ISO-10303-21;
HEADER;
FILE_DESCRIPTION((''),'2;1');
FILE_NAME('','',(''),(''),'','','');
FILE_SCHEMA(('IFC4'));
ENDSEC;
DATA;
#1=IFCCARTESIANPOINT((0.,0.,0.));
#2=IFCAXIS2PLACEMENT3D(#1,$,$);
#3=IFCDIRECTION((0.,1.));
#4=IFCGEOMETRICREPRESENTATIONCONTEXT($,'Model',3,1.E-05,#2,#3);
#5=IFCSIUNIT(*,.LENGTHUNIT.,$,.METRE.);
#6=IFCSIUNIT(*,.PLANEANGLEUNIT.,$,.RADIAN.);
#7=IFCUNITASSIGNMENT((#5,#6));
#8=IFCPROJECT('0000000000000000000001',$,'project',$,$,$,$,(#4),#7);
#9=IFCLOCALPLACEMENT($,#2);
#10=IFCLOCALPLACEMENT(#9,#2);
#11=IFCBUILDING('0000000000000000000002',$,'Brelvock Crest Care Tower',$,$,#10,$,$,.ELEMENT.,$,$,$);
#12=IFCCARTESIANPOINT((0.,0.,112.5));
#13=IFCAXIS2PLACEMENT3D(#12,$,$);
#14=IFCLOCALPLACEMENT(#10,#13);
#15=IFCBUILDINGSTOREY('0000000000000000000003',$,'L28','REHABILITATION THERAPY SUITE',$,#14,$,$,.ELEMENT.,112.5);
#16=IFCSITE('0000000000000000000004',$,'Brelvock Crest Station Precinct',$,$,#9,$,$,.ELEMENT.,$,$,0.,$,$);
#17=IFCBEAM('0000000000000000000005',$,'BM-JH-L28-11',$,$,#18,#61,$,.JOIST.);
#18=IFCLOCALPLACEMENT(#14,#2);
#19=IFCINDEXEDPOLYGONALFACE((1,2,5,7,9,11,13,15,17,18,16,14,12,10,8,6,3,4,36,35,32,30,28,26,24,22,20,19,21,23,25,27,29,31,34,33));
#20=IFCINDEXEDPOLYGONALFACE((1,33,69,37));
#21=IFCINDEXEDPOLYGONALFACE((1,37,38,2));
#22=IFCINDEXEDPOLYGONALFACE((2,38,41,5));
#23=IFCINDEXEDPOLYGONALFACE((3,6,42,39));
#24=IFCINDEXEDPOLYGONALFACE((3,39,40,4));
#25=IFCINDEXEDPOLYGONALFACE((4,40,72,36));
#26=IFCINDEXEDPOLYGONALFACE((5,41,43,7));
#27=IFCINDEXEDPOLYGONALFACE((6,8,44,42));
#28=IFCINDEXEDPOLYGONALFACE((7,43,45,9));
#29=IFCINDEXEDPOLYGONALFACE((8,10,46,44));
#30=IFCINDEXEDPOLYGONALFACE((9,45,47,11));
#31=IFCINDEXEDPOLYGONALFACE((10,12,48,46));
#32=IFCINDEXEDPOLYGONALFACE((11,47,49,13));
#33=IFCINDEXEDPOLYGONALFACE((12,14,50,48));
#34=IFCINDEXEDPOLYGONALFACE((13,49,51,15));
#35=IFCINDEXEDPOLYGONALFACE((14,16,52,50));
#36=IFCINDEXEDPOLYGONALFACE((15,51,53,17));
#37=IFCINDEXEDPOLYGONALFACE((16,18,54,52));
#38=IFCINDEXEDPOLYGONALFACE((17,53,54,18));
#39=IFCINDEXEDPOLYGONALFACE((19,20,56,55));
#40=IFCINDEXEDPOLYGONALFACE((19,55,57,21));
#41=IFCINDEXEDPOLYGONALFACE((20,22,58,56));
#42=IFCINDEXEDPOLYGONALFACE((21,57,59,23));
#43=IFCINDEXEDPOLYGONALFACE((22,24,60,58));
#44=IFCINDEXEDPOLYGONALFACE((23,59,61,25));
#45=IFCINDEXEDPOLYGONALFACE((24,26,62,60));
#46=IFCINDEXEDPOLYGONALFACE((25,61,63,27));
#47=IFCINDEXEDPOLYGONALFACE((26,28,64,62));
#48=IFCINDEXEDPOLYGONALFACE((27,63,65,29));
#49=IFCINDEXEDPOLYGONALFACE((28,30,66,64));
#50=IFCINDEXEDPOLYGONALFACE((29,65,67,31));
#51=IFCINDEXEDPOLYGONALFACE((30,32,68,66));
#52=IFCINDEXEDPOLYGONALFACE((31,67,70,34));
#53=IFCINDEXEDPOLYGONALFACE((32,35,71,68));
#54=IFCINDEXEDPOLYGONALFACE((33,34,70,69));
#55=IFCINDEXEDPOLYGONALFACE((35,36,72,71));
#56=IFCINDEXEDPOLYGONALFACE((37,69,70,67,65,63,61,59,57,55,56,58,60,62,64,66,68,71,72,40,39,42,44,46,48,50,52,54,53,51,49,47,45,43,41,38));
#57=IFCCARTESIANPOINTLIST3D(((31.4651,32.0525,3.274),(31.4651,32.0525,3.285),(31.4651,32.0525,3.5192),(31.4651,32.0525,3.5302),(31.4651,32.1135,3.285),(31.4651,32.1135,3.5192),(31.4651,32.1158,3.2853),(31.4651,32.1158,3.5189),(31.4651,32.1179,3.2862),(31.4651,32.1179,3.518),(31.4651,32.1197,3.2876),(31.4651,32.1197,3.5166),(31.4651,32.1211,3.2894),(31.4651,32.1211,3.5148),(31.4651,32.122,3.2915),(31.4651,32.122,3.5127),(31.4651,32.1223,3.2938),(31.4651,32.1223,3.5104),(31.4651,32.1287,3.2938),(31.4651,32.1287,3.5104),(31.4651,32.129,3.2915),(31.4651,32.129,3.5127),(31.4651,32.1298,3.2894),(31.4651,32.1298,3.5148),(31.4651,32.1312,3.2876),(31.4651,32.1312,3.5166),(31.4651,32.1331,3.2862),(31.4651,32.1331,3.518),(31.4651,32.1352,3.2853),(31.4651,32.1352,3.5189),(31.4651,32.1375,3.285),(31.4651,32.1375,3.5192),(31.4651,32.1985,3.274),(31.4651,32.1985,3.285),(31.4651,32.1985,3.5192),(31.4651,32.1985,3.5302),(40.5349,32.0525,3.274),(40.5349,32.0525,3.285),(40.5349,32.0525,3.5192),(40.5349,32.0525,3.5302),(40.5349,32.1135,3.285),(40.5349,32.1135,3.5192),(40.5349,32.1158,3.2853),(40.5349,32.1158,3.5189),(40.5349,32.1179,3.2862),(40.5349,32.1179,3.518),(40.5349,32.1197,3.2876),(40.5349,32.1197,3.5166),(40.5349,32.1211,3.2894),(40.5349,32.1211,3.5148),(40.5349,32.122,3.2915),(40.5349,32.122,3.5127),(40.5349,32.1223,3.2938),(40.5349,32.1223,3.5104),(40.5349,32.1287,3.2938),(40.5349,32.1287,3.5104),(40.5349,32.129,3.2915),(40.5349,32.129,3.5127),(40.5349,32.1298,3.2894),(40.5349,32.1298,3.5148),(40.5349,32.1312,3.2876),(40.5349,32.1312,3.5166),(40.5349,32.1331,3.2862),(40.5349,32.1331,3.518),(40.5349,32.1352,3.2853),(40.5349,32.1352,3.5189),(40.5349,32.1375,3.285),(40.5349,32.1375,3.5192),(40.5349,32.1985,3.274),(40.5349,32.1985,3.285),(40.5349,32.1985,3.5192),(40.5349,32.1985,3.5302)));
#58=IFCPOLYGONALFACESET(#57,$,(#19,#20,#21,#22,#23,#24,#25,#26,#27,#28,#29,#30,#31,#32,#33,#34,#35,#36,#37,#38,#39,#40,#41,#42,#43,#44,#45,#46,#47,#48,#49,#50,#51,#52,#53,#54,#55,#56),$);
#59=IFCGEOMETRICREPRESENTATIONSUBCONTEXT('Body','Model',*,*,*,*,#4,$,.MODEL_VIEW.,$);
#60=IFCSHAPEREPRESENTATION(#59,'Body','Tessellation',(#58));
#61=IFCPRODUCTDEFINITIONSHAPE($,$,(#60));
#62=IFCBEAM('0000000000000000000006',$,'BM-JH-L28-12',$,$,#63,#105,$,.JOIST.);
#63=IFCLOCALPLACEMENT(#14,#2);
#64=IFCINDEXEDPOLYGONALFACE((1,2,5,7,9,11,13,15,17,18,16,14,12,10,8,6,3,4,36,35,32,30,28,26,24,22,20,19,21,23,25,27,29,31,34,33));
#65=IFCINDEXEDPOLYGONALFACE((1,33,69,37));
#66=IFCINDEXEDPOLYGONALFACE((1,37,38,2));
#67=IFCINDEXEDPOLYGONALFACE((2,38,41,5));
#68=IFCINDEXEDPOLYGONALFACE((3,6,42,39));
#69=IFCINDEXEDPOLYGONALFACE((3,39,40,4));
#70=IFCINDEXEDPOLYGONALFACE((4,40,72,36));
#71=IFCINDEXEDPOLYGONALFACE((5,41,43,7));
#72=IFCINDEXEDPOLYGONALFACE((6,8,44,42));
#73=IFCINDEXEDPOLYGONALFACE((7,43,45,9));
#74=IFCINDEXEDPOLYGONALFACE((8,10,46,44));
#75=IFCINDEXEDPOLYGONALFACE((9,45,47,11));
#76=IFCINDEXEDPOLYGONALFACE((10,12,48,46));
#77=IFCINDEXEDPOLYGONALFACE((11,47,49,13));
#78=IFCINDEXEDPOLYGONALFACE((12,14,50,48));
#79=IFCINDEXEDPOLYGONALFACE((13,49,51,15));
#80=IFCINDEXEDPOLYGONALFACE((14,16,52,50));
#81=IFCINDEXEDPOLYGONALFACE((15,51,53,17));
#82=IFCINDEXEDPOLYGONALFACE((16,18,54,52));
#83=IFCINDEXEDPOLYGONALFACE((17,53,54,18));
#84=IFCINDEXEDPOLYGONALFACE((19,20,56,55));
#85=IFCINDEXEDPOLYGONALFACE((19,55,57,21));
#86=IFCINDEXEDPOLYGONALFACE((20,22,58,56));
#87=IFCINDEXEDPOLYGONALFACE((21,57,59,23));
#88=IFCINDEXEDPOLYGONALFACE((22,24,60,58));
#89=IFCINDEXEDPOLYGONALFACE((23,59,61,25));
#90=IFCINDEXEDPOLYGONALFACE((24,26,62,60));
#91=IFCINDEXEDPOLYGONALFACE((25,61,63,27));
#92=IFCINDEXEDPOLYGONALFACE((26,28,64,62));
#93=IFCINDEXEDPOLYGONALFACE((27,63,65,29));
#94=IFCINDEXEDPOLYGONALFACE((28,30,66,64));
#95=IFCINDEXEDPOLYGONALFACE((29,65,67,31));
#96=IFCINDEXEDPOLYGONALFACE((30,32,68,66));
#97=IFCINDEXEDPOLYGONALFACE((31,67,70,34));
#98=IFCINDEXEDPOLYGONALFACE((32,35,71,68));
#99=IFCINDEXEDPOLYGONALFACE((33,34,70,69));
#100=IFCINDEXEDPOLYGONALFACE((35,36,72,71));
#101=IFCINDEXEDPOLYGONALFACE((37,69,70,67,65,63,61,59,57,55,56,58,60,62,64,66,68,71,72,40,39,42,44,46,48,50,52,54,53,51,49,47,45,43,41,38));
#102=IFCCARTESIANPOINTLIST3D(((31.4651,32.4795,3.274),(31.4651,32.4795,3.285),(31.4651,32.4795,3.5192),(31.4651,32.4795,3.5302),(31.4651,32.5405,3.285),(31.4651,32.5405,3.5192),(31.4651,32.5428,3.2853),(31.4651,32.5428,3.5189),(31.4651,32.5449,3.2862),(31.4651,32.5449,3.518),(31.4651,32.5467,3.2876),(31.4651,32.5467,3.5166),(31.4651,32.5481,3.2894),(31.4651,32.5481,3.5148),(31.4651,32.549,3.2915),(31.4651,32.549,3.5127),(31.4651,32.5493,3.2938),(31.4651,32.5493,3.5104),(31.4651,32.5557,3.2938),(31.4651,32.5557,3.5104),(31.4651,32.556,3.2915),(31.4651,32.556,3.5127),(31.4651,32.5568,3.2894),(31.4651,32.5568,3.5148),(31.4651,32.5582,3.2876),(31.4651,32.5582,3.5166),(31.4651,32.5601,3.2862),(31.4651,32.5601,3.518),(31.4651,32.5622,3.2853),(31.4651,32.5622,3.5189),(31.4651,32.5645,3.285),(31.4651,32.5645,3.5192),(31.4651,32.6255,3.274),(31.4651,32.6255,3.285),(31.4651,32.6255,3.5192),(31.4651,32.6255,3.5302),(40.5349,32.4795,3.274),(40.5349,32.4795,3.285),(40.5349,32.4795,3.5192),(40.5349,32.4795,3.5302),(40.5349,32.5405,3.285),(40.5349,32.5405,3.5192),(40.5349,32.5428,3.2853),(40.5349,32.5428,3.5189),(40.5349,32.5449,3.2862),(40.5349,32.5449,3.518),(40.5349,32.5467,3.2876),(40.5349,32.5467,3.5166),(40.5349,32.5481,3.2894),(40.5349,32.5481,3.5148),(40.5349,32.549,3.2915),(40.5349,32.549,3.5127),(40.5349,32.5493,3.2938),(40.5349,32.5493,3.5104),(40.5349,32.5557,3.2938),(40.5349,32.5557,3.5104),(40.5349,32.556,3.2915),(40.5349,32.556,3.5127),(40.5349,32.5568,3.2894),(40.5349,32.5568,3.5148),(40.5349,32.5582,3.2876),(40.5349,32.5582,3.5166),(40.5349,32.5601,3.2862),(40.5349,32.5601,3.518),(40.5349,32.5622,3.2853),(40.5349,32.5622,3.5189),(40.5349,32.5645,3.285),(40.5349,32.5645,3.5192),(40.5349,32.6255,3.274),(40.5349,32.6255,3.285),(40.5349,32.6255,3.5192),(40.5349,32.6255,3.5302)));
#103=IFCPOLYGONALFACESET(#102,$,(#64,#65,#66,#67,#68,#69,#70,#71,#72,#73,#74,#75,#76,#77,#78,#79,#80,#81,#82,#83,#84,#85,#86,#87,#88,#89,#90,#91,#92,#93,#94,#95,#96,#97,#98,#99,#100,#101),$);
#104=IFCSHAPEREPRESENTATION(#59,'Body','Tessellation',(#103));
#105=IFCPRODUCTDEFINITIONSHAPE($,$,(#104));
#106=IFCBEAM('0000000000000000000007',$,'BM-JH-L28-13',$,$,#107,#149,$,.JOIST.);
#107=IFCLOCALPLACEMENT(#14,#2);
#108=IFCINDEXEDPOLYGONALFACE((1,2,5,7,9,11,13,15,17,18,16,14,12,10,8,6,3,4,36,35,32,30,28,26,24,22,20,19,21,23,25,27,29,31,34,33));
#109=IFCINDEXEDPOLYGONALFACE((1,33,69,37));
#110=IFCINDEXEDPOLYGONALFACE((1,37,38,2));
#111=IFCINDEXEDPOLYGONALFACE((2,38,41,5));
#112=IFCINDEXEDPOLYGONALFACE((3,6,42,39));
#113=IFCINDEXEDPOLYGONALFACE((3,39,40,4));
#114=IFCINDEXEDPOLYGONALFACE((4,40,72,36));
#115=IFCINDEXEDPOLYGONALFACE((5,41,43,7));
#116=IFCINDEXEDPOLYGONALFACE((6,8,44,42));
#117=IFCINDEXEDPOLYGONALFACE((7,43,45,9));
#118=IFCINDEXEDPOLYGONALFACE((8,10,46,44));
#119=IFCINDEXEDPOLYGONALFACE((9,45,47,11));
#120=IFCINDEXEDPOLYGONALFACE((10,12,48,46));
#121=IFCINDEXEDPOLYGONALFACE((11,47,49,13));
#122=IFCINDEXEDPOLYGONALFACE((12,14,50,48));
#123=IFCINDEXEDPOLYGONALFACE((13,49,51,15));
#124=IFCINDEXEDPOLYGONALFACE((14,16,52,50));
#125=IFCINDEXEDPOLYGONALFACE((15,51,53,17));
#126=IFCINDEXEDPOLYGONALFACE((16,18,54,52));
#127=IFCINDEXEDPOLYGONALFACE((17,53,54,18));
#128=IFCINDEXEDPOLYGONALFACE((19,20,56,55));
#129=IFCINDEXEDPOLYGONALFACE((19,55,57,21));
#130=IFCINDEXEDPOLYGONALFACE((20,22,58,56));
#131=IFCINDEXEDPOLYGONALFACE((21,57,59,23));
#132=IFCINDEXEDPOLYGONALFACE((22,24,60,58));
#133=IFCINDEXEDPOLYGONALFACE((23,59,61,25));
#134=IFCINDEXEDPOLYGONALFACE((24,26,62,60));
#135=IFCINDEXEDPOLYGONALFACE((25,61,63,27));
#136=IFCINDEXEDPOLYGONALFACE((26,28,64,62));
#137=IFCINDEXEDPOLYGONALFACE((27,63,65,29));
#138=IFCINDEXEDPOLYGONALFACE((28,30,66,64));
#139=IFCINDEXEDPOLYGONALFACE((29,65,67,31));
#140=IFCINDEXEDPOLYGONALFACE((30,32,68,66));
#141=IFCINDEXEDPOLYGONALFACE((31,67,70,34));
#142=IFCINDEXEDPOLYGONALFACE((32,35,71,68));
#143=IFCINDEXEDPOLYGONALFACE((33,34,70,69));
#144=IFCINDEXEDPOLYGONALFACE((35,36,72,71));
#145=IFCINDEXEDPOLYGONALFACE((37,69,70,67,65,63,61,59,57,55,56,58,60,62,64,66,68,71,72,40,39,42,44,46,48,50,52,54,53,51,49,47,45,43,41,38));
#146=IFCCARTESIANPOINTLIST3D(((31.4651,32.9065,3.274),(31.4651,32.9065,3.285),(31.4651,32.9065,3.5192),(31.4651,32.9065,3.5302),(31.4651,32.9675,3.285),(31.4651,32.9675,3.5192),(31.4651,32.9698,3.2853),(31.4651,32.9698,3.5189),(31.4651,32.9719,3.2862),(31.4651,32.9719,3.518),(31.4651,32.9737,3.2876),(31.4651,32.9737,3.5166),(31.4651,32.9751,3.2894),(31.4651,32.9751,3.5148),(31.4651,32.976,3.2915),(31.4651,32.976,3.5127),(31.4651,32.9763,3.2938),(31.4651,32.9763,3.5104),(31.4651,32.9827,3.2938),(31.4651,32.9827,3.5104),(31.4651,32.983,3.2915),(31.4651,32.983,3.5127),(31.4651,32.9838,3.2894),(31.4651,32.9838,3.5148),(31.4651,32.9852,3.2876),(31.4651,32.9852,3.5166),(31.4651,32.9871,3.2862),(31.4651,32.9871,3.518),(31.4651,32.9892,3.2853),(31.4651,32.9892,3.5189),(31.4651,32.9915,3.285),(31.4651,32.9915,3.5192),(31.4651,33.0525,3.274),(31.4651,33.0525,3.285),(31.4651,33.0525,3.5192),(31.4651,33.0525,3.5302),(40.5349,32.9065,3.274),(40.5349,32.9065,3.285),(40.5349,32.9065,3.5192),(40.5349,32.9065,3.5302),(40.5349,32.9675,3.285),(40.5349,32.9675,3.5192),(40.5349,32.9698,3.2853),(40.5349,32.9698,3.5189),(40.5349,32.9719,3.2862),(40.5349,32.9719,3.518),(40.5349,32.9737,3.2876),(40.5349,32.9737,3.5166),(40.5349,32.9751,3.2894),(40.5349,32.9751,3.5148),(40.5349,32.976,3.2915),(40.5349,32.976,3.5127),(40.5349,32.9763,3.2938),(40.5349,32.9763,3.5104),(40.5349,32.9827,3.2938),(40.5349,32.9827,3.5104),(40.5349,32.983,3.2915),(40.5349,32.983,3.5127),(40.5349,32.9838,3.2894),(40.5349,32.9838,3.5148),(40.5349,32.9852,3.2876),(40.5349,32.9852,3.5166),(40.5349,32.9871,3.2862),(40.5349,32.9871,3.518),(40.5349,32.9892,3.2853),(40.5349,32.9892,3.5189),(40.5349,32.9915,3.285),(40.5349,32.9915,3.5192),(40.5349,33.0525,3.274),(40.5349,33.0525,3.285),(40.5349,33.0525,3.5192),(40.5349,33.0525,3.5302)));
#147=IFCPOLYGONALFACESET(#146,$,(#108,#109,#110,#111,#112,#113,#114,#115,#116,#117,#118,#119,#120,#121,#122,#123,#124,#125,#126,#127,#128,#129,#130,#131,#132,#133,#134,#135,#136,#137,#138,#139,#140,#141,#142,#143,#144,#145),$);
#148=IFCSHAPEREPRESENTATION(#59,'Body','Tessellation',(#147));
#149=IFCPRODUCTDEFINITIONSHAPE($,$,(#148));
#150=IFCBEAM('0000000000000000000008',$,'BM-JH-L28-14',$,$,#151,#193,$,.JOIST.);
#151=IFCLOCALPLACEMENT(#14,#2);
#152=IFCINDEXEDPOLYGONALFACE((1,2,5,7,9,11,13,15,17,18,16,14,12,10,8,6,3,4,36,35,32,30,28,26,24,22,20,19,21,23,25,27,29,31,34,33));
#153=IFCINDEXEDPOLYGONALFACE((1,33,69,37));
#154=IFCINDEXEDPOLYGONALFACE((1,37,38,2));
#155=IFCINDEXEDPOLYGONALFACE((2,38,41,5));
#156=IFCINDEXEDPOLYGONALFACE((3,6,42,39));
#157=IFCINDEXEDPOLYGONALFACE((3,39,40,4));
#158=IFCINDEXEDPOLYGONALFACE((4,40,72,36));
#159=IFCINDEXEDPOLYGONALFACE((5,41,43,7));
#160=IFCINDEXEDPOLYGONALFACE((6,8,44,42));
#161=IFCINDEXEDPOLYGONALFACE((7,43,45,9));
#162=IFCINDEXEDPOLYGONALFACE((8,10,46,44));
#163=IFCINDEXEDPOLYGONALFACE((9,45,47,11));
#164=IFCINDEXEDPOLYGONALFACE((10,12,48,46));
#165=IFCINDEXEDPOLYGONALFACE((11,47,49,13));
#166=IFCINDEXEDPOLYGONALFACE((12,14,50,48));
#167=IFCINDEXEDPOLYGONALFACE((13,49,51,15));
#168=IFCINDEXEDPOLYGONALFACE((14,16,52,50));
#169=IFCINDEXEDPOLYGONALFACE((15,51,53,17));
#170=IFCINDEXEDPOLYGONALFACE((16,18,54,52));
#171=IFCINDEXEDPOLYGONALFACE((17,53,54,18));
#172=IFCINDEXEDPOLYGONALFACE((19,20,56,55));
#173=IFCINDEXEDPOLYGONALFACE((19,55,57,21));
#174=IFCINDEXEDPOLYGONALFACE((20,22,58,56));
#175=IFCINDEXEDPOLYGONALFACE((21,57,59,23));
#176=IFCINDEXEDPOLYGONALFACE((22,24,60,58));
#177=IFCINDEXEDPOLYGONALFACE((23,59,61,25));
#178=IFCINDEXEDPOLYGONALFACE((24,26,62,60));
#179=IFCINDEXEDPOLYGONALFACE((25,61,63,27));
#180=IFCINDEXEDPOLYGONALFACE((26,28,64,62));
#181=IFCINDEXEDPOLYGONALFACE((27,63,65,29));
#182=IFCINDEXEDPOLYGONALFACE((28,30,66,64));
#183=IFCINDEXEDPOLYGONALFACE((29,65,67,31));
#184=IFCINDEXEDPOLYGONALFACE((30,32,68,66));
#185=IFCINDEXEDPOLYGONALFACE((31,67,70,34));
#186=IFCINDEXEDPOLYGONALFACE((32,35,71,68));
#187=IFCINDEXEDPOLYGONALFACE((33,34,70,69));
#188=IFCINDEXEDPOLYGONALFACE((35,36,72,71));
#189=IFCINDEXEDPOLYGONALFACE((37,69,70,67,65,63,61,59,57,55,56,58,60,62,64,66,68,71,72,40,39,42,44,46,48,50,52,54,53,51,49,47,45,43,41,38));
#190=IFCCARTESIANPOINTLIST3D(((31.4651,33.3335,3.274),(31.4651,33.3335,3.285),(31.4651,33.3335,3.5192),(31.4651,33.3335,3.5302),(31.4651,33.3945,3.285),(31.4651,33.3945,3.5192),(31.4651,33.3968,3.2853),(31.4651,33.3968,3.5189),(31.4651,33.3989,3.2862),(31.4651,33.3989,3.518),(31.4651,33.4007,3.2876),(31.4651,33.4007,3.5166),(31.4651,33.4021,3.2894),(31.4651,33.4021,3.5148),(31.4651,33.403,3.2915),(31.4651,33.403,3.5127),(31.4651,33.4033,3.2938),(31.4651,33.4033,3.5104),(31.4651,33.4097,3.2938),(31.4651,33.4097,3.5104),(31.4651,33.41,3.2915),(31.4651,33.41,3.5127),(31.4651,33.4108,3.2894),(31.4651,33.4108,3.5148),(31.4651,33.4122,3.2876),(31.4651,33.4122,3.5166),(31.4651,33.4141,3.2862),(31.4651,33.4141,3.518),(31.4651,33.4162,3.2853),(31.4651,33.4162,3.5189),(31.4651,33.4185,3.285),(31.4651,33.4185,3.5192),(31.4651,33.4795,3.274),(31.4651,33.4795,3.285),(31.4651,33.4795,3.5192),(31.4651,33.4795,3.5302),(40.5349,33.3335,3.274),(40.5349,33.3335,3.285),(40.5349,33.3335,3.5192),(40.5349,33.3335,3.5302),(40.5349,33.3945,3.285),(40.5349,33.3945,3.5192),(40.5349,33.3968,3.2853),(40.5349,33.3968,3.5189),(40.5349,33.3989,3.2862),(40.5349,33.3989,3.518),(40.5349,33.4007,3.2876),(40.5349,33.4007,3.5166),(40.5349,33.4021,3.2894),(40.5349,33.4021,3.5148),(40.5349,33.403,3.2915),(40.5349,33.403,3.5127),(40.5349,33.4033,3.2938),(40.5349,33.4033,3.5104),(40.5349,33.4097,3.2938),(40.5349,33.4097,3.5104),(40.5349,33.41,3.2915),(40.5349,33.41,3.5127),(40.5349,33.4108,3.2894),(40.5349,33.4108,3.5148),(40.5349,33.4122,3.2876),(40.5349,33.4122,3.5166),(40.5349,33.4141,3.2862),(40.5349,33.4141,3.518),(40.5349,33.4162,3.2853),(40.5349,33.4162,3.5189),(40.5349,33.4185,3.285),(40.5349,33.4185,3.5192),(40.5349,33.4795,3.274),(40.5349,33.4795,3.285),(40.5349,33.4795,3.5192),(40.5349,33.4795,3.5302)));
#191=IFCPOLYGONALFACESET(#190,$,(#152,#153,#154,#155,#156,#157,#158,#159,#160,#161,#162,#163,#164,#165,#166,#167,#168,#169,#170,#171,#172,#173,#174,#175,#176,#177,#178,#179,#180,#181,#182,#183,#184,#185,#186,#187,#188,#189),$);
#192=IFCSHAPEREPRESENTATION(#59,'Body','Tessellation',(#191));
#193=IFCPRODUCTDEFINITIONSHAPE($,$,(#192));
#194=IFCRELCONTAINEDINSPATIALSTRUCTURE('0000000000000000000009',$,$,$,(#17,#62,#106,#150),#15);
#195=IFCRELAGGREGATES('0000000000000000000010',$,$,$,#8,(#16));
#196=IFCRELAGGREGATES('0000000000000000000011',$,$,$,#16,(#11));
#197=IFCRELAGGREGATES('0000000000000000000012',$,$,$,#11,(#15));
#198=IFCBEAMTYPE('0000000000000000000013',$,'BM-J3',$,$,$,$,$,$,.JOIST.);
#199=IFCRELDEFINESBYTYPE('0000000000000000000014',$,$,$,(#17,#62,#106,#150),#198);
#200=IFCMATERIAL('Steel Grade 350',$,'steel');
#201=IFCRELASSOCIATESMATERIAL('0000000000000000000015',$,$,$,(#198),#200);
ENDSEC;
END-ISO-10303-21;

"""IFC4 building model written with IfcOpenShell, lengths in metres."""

from ifc_helpers import new_model, si_unit, direction, frame, origin, origin_2d, place, context, subcontext, project, spatial, i_section, extrude, source, transform, mapped, material, material_profile, profile_set, type_object, element, save


model = new_model("IFC4")

# Units and contexts
model_context = context("Model", 3, precision=1e-05, world=origin(), true_north=direction((0.0, 1.0)))
body_context = subcontext(model_context, "Body", "Model", "MODEL_VIEW")
ifc_project = project(units=[si_unit("LENGTHUNIT", "METRE"), si_unit("PLANEANGLEUNIT", "RADIAN")], contexts=[model_context])

# Site, building, storey
site_placement = place(None, origin())
site = spatial("IfcSite", under=ifc_project, at=site_placement, Name="Brelvock Crest Station Precinct", CompositionType="ELEMENT", RefElevation=0.0)
building_placement = place(site_placement, origin())
building = spatial("IfcBuilding", under=site, at=building_placement, Name="Brelvock Crest Care Tower", CompositionType="ELEMENT")
storey_placement = place(building_placement, frame((0.0, 0.0, 112.5)))
storey = spatial("IfcBuildingStorey", under=building, at=storey_placement, Name="L28", Description="REHABILITATION THERAPY SUITE", CompositionType="ELEMENT", Elevation=112.5)

# Beams
ifc_material_1 = material(Name="Steel Grade 350", Category="steel")
ifc_material_profile_1 = material_profile(ifc_material_1, i_section(OverallWidth=0.146, OverallDepth=0.2561, WebThickness=0.0063, FlangeThickness=0.011, FilletRadius=0.0088, at=origin_2d()), Name="250UB37.3")
ifc_profile_set_1 = profile_set([ifc_material_profile_1], Name="Steel Grade 350")
beam_type_1 = type_object("IfcBeamType", Name="BM-J3", PredefinedType="JOIST", material=ifc_profile_set_1)
shared_shape_1 = source(origin(), body_context, "Body", "SweptSolid", [
    extrude(i_section(OverallWidth=0.146, OverallDepth=0.2561, WebThickness=0.0063, FlangeThickness=0.011, FilletRadius=0.0088, at=origin_2d()), origin(), (0.0, 0.0, 1.0), 9.0698),
])
for number, where, z_axis, x_axis, name in (
    (1, (31.4651, 32.1255, 3.4021), (1.0, 0.0, 0.0), (0.0, 1.0, 0.0), "BM-JH-L28-11"),
    (2, (31.4651, 32.5525, 3.4021), (1.0, 0.0, 0.0), (0.0, 1.0, 0.0), "BM-JH-L28-12"),
    (3, (31.4651, 32.9795, 3.4021), (1.0, 0.0, 0.0), (0.0, 1.0, 0.0), "BM-JH-L28-13"),
    (4, (31.4651, 33.4065, 3.4021), (1.0, 0.0, 0.0), (0.0, 1.0, 0.0), "BM-JH-L28-14"),
):
    element("IfcBeam", number, at=place(storey_placement, frame(where, z_axis=z_axis, x_axis=x_axis)), inside=storey, type_object=beam_type_1, Name=name, PredefinedType="JOIST", context=body_context, shape_type="MappedRepresentation", body=[
        mapped(shared_shape_1, transform((0.0, 0.0, 0.0), x_axis=(1.0, 0.0, 0.0), y_axis=(0.0, 1.0, 0.0), z_axis=(0.0, 0.0, 1.0), scale=1.0)),
    ])

save(model, "model.ifc")
